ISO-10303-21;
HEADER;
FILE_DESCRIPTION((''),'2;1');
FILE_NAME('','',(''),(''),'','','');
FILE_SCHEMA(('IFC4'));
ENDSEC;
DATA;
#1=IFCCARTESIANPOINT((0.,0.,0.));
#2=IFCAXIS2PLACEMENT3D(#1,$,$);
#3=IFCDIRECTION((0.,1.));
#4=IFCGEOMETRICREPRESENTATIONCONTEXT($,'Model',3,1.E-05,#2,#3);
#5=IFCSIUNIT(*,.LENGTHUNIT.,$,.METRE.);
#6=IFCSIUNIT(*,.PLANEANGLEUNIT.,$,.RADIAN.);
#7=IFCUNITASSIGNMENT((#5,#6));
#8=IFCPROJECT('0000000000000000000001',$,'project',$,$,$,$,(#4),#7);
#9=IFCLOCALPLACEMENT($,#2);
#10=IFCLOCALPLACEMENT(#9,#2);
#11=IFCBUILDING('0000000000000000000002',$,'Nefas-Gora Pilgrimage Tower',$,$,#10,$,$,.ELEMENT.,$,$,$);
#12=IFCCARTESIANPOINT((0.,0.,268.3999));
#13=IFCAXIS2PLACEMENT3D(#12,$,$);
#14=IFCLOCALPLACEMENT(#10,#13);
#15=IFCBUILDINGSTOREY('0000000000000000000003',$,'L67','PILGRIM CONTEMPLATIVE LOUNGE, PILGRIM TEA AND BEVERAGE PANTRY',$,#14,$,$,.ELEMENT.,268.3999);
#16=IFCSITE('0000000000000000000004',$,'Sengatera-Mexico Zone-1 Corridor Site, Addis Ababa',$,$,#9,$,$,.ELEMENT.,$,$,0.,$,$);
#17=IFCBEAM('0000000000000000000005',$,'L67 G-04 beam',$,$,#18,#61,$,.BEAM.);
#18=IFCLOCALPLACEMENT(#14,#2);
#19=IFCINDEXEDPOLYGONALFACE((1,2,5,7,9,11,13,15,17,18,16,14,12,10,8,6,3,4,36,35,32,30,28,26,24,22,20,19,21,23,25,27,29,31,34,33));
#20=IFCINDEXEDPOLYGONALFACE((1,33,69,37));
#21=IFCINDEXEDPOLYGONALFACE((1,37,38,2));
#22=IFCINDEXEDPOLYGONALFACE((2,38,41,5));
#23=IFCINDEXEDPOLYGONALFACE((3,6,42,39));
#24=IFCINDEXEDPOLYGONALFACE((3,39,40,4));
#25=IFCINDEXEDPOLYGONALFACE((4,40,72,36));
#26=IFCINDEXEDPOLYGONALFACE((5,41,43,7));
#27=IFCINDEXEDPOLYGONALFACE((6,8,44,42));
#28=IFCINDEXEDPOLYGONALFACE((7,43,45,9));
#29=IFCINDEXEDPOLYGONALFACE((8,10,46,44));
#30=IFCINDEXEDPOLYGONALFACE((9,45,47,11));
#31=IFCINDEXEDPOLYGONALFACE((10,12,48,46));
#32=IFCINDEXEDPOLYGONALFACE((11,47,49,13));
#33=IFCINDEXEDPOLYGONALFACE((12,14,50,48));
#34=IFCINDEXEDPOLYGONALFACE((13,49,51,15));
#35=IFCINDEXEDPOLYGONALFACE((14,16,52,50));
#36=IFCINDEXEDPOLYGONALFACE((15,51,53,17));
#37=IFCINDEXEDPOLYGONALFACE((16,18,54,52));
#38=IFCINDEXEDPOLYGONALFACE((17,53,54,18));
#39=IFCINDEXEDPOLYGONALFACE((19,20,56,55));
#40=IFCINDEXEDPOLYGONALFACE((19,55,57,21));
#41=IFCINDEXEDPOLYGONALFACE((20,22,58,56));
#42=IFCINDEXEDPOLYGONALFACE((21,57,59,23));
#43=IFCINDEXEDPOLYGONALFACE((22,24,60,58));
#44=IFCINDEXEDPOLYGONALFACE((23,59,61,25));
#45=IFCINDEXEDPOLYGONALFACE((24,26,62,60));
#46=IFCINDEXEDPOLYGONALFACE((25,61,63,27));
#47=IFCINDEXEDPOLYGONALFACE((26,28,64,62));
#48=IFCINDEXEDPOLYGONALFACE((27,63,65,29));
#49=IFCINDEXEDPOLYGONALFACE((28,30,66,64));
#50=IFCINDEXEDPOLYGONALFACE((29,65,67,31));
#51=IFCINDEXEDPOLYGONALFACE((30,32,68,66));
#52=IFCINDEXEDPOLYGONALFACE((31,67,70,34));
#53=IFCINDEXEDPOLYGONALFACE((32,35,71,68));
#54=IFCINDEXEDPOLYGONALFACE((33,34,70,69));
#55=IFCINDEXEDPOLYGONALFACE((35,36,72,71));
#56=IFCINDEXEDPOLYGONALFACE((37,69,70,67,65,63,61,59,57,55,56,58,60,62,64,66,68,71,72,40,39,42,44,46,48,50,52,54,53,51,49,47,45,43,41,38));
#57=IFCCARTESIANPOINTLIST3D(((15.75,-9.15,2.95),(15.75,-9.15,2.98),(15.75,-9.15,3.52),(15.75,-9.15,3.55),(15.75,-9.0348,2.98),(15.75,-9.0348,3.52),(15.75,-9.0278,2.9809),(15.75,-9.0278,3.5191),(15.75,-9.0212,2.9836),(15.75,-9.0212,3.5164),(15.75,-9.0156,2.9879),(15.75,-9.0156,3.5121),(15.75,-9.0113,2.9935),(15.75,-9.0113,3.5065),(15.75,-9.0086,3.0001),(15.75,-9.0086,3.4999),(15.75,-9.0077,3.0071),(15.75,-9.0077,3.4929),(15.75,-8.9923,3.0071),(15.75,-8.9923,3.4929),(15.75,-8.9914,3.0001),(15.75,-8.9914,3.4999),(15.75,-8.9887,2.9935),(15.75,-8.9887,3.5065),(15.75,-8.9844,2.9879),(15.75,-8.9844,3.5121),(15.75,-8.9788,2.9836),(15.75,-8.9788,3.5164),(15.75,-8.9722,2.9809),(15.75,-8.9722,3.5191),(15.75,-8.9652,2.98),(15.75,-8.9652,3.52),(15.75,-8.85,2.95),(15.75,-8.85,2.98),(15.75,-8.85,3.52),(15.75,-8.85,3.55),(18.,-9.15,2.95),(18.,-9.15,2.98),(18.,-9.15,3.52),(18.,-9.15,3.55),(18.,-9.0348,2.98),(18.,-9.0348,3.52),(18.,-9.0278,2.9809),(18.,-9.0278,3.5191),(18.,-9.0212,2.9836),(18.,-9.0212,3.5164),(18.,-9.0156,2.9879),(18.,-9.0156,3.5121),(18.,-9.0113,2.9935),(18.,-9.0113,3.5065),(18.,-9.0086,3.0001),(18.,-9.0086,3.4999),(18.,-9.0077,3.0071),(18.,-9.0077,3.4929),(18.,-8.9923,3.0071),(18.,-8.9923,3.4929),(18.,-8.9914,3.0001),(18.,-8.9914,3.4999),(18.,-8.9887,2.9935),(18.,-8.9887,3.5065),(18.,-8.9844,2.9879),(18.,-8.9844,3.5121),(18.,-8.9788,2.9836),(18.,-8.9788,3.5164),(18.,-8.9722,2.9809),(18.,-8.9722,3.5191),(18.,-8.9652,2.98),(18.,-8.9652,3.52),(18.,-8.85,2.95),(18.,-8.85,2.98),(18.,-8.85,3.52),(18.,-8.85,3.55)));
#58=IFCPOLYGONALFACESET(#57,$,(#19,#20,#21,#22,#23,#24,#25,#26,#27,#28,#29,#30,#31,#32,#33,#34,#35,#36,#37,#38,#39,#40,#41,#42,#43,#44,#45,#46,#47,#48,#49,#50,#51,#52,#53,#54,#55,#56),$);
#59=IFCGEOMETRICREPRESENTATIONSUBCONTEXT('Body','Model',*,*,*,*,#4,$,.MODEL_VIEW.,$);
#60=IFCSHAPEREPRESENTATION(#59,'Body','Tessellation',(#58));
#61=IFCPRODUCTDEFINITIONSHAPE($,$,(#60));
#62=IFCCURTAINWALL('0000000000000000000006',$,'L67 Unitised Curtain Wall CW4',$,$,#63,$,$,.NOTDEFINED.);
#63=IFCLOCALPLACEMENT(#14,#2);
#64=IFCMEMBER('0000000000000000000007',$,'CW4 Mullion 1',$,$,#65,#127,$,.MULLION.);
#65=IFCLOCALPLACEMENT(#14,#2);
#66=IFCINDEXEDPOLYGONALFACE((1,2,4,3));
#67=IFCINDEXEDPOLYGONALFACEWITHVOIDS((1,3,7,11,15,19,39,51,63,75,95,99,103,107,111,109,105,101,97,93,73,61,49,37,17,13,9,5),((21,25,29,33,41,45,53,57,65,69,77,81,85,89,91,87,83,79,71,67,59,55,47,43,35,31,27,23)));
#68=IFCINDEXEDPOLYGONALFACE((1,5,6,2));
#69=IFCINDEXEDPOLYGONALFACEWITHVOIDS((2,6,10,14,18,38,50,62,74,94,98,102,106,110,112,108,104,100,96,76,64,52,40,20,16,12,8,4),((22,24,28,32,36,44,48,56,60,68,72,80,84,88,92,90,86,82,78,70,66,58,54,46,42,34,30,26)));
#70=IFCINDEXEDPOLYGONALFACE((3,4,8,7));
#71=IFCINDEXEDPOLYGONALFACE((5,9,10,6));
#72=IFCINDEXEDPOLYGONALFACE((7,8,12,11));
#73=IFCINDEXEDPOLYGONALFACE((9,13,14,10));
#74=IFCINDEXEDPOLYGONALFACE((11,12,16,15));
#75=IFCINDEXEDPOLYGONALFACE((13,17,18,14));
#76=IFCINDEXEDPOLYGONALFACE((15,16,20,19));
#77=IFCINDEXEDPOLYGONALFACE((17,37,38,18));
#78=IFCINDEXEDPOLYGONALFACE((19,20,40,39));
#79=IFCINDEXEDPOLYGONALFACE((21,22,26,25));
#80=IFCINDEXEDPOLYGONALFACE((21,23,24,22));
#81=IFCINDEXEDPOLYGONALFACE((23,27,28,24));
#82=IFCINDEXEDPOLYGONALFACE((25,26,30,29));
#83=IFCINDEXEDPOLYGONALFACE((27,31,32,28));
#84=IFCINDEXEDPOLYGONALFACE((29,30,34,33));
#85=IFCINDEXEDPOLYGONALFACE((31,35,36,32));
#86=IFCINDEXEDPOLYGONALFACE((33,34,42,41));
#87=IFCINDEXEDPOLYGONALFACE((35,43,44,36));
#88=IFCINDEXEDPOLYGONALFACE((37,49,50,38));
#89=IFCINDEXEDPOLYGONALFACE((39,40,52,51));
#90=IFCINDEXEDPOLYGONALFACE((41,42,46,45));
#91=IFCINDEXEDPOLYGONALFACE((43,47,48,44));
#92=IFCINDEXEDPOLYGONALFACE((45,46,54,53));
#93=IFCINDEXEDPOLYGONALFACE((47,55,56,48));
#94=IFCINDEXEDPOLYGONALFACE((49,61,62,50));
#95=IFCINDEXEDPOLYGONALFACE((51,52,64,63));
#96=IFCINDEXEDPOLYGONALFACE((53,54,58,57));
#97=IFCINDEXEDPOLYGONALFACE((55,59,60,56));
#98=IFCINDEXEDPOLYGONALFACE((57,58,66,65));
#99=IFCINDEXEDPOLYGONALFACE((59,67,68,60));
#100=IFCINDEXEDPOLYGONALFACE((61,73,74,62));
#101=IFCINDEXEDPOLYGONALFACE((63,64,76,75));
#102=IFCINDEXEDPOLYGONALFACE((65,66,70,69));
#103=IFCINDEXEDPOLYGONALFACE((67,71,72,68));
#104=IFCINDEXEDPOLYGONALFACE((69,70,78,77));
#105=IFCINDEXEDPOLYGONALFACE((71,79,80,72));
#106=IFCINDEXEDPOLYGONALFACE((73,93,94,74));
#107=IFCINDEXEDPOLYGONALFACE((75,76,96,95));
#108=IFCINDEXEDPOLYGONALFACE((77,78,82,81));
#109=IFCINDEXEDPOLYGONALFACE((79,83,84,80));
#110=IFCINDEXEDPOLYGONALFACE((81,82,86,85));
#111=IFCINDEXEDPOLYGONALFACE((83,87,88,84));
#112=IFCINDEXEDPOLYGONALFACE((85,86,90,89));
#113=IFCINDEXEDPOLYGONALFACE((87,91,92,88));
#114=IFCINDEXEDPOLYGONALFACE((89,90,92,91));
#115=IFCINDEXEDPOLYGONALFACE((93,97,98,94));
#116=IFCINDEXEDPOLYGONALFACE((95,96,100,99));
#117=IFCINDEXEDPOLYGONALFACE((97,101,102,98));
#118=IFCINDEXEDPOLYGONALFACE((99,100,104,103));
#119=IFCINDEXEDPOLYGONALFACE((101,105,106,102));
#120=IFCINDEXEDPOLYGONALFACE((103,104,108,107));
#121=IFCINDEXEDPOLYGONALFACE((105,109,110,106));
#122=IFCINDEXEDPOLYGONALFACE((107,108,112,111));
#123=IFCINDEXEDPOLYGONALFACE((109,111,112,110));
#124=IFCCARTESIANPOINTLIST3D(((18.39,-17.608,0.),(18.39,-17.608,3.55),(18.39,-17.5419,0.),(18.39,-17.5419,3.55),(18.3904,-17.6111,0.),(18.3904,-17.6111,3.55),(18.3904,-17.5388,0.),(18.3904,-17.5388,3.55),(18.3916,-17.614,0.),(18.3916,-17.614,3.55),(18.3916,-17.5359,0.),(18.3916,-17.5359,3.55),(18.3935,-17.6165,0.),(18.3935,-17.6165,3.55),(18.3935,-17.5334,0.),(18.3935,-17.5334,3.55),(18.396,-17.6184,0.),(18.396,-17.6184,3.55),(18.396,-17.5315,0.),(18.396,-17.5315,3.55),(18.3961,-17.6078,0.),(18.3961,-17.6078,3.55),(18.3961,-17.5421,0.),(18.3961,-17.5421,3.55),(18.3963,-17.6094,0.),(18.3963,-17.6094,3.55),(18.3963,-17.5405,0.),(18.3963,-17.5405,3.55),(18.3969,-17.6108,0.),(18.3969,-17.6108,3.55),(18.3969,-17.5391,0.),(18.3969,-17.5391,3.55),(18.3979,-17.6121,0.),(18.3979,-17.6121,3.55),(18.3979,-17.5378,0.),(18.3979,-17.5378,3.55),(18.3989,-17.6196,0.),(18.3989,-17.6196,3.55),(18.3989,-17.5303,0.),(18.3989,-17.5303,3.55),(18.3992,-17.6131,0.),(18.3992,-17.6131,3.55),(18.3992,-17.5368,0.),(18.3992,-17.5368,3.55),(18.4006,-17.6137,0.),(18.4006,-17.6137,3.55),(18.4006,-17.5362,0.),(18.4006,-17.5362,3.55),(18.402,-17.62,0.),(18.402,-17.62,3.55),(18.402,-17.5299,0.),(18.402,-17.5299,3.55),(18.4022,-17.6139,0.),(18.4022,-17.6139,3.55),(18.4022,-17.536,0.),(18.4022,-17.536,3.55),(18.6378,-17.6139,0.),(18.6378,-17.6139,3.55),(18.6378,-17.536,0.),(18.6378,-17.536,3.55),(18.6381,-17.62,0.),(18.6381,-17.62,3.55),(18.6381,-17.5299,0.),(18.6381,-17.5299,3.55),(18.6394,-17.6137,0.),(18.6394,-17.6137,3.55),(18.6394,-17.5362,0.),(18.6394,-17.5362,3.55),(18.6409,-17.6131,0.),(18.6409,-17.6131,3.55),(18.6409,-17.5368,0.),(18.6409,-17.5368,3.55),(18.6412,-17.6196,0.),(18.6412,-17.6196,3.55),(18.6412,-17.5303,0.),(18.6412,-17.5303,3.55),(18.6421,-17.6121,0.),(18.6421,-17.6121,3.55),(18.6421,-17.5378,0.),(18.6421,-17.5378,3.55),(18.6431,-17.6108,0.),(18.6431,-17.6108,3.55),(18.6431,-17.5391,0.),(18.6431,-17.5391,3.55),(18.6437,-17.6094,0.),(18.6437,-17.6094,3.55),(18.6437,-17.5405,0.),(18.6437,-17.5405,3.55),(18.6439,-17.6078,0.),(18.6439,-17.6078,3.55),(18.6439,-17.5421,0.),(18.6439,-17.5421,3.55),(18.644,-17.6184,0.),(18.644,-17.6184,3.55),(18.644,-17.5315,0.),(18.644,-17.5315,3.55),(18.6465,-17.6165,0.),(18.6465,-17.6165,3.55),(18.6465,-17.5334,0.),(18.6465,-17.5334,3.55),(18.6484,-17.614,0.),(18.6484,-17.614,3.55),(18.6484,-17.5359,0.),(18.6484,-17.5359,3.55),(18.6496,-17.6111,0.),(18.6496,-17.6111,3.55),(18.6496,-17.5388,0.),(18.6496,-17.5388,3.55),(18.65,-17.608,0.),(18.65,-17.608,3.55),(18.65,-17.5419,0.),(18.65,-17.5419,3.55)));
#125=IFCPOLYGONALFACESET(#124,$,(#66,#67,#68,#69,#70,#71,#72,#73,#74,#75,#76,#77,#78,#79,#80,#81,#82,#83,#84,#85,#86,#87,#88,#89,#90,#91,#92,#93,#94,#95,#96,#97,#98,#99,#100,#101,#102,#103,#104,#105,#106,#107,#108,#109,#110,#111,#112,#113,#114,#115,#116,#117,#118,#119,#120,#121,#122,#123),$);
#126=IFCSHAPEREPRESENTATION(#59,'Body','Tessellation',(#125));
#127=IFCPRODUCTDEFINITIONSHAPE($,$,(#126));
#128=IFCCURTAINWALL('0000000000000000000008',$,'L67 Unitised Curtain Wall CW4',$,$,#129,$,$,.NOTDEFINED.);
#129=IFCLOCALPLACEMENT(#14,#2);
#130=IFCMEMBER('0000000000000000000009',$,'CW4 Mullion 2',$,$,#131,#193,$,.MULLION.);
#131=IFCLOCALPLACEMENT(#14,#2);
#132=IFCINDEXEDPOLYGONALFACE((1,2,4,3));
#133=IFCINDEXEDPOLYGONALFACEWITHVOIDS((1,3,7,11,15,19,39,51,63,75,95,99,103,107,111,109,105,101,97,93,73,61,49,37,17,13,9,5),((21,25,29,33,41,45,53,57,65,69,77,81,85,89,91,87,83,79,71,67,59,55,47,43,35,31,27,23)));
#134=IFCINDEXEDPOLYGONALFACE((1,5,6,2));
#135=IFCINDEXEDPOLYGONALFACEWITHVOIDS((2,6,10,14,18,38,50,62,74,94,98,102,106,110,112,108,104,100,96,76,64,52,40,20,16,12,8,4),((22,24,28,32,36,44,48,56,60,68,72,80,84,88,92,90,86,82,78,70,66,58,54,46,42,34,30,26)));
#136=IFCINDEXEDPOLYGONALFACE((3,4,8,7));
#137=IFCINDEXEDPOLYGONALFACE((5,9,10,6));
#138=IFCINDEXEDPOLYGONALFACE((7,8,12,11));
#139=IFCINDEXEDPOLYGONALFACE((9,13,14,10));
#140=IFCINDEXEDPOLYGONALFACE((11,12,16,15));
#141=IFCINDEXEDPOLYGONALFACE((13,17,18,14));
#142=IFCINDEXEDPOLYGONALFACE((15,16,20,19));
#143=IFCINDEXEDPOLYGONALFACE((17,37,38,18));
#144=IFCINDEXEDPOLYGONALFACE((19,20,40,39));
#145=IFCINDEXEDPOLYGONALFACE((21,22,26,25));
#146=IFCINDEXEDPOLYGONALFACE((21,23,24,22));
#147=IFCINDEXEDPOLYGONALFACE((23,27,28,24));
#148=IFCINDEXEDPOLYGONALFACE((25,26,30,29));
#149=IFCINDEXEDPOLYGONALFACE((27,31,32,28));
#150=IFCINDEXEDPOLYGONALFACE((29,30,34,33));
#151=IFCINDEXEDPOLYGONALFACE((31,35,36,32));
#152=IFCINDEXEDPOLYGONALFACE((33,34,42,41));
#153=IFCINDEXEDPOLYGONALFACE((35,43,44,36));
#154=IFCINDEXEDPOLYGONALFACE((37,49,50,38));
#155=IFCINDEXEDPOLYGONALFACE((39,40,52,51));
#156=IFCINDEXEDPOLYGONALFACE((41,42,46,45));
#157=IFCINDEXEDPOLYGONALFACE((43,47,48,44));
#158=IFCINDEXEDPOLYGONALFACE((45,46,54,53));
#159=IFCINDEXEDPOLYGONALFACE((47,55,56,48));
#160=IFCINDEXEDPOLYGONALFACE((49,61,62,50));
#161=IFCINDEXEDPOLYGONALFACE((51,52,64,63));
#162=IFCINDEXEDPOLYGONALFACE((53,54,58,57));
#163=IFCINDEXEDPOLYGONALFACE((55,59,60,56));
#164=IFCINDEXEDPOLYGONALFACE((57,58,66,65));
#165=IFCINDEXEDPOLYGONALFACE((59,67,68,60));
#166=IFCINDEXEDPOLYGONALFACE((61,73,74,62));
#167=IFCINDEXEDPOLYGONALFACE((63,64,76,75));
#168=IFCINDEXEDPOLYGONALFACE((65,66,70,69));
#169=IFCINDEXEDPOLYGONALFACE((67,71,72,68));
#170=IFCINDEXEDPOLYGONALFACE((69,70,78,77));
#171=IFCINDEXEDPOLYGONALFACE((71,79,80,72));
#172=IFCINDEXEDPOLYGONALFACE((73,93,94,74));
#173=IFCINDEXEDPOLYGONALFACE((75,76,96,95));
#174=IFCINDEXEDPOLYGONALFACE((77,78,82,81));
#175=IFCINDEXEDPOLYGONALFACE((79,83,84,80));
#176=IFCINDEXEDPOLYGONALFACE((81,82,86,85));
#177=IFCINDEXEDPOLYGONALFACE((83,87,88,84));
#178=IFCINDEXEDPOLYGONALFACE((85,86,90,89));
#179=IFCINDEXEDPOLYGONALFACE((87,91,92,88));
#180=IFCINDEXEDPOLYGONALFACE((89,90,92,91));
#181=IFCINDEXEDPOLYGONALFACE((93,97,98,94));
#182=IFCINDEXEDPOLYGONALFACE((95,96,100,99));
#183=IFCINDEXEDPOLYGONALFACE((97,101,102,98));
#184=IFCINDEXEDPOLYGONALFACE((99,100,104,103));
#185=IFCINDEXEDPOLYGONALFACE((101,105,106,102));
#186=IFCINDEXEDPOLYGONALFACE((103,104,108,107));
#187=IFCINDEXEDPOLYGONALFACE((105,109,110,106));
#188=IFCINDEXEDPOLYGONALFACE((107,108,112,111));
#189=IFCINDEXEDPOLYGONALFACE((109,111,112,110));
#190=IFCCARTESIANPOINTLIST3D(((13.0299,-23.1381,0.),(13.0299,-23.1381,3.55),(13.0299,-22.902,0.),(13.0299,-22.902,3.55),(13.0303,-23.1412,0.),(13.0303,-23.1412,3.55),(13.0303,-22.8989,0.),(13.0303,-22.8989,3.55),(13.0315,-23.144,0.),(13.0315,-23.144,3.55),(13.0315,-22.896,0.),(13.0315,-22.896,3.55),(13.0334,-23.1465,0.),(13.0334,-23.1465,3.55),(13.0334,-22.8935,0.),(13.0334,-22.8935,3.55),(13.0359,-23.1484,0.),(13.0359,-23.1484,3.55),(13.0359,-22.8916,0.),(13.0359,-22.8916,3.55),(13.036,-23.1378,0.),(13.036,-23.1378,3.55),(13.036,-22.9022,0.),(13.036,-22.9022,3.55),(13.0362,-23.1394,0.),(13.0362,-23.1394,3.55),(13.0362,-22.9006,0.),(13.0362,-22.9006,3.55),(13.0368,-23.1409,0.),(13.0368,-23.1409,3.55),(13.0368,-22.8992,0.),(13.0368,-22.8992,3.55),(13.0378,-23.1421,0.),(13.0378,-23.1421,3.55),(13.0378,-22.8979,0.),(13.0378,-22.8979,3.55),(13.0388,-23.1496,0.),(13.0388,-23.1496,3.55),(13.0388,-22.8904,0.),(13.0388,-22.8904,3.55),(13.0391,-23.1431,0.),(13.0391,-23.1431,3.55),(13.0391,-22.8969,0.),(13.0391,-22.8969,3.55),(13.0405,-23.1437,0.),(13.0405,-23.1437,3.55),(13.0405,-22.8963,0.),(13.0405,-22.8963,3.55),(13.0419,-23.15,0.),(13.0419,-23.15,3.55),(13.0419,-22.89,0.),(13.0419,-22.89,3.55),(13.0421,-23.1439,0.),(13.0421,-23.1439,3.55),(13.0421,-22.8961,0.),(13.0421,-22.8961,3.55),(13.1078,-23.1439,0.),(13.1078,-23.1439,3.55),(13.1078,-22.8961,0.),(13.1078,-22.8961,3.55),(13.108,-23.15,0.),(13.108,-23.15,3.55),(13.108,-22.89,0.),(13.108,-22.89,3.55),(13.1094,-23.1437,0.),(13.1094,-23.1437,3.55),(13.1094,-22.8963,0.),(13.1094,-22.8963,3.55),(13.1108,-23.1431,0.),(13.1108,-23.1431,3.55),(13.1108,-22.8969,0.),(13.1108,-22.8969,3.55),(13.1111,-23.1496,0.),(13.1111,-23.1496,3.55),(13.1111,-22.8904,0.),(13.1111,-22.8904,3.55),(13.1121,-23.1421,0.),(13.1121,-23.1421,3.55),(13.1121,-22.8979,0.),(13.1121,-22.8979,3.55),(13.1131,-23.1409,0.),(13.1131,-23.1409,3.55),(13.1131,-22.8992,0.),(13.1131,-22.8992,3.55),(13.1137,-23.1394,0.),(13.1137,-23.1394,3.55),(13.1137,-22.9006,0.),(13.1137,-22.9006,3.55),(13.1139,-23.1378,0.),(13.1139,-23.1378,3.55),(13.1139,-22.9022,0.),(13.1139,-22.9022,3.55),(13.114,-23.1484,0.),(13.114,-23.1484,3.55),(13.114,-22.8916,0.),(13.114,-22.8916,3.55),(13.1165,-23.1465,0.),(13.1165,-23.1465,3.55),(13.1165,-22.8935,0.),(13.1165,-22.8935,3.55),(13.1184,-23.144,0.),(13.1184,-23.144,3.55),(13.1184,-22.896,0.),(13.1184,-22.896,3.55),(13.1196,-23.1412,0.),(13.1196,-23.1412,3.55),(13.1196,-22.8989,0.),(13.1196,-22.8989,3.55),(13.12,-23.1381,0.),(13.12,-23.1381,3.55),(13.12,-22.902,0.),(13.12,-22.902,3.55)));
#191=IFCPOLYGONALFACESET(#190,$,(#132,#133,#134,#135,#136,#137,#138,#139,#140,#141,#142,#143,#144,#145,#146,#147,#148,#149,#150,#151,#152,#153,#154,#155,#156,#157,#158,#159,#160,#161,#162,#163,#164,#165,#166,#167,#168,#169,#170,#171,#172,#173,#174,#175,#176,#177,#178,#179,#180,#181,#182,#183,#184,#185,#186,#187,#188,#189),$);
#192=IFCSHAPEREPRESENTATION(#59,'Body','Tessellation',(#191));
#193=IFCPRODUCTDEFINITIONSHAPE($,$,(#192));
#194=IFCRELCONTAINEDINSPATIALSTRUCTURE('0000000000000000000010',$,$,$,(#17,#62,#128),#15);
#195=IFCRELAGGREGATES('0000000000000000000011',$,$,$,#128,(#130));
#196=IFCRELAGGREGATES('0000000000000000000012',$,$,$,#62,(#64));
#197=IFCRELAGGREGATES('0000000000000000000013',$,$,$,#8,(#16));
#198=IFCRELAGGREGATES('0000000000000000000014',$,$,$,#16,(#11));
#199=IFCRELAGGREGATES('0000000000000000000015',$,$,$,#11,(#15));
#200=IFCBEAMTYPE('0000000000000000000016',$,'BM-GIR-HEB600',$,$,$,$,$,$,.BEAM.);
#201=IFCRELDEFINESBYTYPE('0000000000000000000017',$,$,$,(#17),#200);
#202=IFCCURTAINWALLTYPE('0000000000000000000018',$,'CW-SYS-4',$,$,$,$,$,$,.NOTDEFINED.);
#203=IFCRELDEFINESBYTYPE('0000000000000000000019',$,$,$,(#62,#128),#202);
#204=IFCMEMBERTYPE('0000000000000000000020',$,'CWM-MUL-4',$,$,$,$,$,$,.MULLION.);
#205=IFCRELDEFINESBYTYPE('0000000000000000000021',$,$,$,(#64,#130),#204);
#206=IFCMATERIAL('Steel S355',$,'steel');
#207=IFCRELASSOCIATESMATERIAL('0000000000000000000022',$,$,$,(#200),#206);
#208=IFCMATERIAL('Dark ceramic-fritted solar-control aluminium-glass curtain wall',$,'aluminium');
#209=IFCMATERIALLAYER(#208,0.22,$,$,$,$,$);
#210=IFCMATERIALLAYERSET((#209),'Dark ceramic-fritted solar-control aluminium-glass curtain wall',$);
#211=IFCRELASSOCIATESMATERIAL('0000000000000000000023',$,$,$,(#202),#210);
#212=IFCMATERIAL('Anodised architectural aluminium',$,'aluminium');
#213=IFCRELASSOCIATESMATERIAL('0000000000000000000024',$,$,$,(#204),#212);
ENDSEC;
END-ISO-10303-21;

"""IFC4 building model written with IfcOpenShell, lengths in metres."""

from ifc_helpers import new_model, si_unit, direction, frame, origin, origin_2d, place, context, subcontext, project, spatial, hollow_rectangle, i_section, extrude, source, transform, mapped, material, layer, layer_set, material_profile, profile_set, type_object, element, aggregate, save


model = new_model("IFC4")

# Units and contexts
model_context = context("Model", 3, precision=1e-05, world=origin(), true_north=direction((0.0, 1.0)))
body_context = subcontext(model_context, "Body", "Model", "MODEL_VIEW")
ifc_project = project(units=[si_unit("LENGTHUNIT", "METRE"), si_unit("PLANEANGLEUNIT", "RADIAN")], contexts=[model_context])

# Site, building, storey
site_placement = place(None, origin())
site = spatial("IfcSite", under=ifc_project, at=site_placement, Name="Sengatera-Mexico Zone-1 Corridor Site, Addis Ababa", CompositionType="ELEMENT", RefElevation=0.0)
building_placement = place(site_placement, origin())
building = spatial("IfcBuilding", under=site, at=building_placement, Name="Nefas-Gora Pilgrimage Tower", CompositionType="ELEMENT")
storey_placement = place(building_placement, frame((0.0, 0.0, 268.3999)))
storey = spatial("IfcBuildingStorey", under=building, at=storey_placement, Name="L67", Description="PILGRIM CONTEMPLATIVE LOUNGE, PILGRIM TEA AND BEVERAGE PANTRY", CompositionType="ELEMENT", Elevation=268.3999)

# Shared definitions
ifc_material_1 = material(Name="Steel S355", Category="steel")

# Beam
ifc_material_profile_1 = material_profile(ifc_material_1, i_section(OverallWidth=0.3, OverallDepth=0.6001, WebThickness=0.0154, FlangeThickness=0.03, FilletRadius=0.0271, at=origin_2d()), Name="HEB 600")
ifc_profile_set_1 = profile_set([ifc_material_profile_1], Name="Steel S355")
beam_type_1 = type_object("IfcBeamType", Name="BM-GIR-HEB600", PredefinedType="BEAM", material=ifc_profile_set_1)
shared_shape_1 = source(origin(), body_context, "Body", "SweptSolid", [
    extrude(i_section(OverallWidth=0.3, OverallDepth=0.6001, WebThickness=0.0154, FlangeThickness=0.03, FilletRadius=0.0271, at=origin_2d()), origin(), (0.0, 0.0, 1.0), 2.25),
])
for number, where, z_axis, x_axis, name in (
    (1, (15.75, -9.0, 3.25), (1.0, 0.0, 0.0), (0.0, 1.0, 0.0), "L67 G-04 beam"),
):
    element("IfcBeam", number, at=place(storey_placement, frame(where, z_axis=z_axis, x_axis=x_axis)), inside=storey, type_object=beam_type_1, Name=name, PredefinedType="BEAM", context=body_context, shape_type="MappedRepresentation", body=[
        mapped(shared_shape_1, transform((0.0, 0.0, 0.0), x_axis=(1.0, 0.0, 0.0), y_axis=(0.0, 1.0, 0.0), z_axis=(0.0, 0.0, 1.0), scale=1.0)),
    ])

# Curtain walls, members
ifc_material_2 = material(Name="Dark ceramic-fritted solar-control aluminium-glass curtain wall", Category="aluminium")
ifc_layer_1 = layer(ifc_material_2, 0.22)
ifc_layer_set_1 = layer_set([ifc_layer_1], Name="Dark ceramic-fritted solar-control aluminium-glass curtain wall")
curtain_wall_type = type_object("IfcCurtainWallType", Name="CW-SYS-4", PredefinedType="NOTDEFINED", material=ifc_layer_set_1)
curtain_wall_1_placement = place(storey_placement, origin())
curtain_wall_1 = element("IfcCurtainWall", 2, at=curtain_wall_1_placement, inside=storey, type_object=curtain_wall_type, Name="L67 Unitised Curtain Wall CW4", PredefinedType="NOTDEFINED")
ifc_material_3 = material(Name="Anodised architectural aluminium", Category="aluminium")
ifc_material_profile_2 = material_profile(ifc_material_3, hollow_rectangle(XDim=0.0901, YDim=0.26, WallThickness=0.0061, InnerFilletRadius=0.0061, OuterFilletRadius=0.012, at=origin_2d()), Name="ALU MULLION 90x260")
ifc_profile_set_2 = profile_set([ifc_material_profile_2], Name="Anodised architectural aluminium")
member_type_1 = type_object("IfcMemberType", Name="CWM-MUL-4", PredefinedType="MULLION", material=ifc_profile_set_2)
shared_shape_2 = source(origin(), body_context, "Body", "SweptSolid", [
    extrude(hollow_rectangle(XDim=0.0901, YDim=0.26, WallThickness=0.0061, InnerFilletRadius=0.0061, OuterFilletRadius=0.012, at=origin_2d()), origin(), (0.0, 0.0, 1.0), 3.55),
])
member_1_placement = place(storey_placement, frame((18.52, -17.575, 0.0), z_axis=(0.0, 0.0, 1.0), x_axis=(0.0, 1.0, 0.0)))
member_1 = element("IfcMember", 3, at=member_1_placement, type_object=member_type_1, Name="CW4 Mullion 1", PredefinedType="MULLION", context=body_context, shape_type="MappedRepresentation", body=[
    mapped(shared_shape_2, transform((0.0, 0.0, 0.0), x_axis=(1.0, 0.0, 0.0), y_axis=(0.0, 1.0, 0.0), z_axis=(0.0, 0.0, 1.0), scale=1.0)),
])
curtain_wall_2_placement = place(storey_placement, origin())
curtain_wall_2 = element("IfcCurtainWall", 4, at=curtain_wall_2_placement, inside=storey, type_object=curtain_wall_type, Name="L67 Unitised Curtain Wall CW4", PredefinedType="NOTDEFINED")
member_2_placement = place(storey_placement, frame((13.075, -23.02, 0.0), z_axis=(0.0, 0.0, 1.0), x_axis=(1.0, 0.0, 0.0)))
member_2 = element("IfcMember", 5, at=member_2_placement, type_object=member_type_1, Name="CW4 Mullion 2", PredefinedType="MULLION", context=body_context, shape_type="MappedRepresentation", body=[
    mapped(shared_shape_2, transform((0.0, 0.0, 0.0), x_axis=(1.0, 0.0, 0.0), y_axis=(0.0, 1.0, 0.0), z_axis=(0.0, 0.0, 1.0), scale=1.0)),
])
aggregate(curtain_wall_2, [member_2])

aggregate(curtain_wall_1, [member_1])

save(model, "model.ifc")
